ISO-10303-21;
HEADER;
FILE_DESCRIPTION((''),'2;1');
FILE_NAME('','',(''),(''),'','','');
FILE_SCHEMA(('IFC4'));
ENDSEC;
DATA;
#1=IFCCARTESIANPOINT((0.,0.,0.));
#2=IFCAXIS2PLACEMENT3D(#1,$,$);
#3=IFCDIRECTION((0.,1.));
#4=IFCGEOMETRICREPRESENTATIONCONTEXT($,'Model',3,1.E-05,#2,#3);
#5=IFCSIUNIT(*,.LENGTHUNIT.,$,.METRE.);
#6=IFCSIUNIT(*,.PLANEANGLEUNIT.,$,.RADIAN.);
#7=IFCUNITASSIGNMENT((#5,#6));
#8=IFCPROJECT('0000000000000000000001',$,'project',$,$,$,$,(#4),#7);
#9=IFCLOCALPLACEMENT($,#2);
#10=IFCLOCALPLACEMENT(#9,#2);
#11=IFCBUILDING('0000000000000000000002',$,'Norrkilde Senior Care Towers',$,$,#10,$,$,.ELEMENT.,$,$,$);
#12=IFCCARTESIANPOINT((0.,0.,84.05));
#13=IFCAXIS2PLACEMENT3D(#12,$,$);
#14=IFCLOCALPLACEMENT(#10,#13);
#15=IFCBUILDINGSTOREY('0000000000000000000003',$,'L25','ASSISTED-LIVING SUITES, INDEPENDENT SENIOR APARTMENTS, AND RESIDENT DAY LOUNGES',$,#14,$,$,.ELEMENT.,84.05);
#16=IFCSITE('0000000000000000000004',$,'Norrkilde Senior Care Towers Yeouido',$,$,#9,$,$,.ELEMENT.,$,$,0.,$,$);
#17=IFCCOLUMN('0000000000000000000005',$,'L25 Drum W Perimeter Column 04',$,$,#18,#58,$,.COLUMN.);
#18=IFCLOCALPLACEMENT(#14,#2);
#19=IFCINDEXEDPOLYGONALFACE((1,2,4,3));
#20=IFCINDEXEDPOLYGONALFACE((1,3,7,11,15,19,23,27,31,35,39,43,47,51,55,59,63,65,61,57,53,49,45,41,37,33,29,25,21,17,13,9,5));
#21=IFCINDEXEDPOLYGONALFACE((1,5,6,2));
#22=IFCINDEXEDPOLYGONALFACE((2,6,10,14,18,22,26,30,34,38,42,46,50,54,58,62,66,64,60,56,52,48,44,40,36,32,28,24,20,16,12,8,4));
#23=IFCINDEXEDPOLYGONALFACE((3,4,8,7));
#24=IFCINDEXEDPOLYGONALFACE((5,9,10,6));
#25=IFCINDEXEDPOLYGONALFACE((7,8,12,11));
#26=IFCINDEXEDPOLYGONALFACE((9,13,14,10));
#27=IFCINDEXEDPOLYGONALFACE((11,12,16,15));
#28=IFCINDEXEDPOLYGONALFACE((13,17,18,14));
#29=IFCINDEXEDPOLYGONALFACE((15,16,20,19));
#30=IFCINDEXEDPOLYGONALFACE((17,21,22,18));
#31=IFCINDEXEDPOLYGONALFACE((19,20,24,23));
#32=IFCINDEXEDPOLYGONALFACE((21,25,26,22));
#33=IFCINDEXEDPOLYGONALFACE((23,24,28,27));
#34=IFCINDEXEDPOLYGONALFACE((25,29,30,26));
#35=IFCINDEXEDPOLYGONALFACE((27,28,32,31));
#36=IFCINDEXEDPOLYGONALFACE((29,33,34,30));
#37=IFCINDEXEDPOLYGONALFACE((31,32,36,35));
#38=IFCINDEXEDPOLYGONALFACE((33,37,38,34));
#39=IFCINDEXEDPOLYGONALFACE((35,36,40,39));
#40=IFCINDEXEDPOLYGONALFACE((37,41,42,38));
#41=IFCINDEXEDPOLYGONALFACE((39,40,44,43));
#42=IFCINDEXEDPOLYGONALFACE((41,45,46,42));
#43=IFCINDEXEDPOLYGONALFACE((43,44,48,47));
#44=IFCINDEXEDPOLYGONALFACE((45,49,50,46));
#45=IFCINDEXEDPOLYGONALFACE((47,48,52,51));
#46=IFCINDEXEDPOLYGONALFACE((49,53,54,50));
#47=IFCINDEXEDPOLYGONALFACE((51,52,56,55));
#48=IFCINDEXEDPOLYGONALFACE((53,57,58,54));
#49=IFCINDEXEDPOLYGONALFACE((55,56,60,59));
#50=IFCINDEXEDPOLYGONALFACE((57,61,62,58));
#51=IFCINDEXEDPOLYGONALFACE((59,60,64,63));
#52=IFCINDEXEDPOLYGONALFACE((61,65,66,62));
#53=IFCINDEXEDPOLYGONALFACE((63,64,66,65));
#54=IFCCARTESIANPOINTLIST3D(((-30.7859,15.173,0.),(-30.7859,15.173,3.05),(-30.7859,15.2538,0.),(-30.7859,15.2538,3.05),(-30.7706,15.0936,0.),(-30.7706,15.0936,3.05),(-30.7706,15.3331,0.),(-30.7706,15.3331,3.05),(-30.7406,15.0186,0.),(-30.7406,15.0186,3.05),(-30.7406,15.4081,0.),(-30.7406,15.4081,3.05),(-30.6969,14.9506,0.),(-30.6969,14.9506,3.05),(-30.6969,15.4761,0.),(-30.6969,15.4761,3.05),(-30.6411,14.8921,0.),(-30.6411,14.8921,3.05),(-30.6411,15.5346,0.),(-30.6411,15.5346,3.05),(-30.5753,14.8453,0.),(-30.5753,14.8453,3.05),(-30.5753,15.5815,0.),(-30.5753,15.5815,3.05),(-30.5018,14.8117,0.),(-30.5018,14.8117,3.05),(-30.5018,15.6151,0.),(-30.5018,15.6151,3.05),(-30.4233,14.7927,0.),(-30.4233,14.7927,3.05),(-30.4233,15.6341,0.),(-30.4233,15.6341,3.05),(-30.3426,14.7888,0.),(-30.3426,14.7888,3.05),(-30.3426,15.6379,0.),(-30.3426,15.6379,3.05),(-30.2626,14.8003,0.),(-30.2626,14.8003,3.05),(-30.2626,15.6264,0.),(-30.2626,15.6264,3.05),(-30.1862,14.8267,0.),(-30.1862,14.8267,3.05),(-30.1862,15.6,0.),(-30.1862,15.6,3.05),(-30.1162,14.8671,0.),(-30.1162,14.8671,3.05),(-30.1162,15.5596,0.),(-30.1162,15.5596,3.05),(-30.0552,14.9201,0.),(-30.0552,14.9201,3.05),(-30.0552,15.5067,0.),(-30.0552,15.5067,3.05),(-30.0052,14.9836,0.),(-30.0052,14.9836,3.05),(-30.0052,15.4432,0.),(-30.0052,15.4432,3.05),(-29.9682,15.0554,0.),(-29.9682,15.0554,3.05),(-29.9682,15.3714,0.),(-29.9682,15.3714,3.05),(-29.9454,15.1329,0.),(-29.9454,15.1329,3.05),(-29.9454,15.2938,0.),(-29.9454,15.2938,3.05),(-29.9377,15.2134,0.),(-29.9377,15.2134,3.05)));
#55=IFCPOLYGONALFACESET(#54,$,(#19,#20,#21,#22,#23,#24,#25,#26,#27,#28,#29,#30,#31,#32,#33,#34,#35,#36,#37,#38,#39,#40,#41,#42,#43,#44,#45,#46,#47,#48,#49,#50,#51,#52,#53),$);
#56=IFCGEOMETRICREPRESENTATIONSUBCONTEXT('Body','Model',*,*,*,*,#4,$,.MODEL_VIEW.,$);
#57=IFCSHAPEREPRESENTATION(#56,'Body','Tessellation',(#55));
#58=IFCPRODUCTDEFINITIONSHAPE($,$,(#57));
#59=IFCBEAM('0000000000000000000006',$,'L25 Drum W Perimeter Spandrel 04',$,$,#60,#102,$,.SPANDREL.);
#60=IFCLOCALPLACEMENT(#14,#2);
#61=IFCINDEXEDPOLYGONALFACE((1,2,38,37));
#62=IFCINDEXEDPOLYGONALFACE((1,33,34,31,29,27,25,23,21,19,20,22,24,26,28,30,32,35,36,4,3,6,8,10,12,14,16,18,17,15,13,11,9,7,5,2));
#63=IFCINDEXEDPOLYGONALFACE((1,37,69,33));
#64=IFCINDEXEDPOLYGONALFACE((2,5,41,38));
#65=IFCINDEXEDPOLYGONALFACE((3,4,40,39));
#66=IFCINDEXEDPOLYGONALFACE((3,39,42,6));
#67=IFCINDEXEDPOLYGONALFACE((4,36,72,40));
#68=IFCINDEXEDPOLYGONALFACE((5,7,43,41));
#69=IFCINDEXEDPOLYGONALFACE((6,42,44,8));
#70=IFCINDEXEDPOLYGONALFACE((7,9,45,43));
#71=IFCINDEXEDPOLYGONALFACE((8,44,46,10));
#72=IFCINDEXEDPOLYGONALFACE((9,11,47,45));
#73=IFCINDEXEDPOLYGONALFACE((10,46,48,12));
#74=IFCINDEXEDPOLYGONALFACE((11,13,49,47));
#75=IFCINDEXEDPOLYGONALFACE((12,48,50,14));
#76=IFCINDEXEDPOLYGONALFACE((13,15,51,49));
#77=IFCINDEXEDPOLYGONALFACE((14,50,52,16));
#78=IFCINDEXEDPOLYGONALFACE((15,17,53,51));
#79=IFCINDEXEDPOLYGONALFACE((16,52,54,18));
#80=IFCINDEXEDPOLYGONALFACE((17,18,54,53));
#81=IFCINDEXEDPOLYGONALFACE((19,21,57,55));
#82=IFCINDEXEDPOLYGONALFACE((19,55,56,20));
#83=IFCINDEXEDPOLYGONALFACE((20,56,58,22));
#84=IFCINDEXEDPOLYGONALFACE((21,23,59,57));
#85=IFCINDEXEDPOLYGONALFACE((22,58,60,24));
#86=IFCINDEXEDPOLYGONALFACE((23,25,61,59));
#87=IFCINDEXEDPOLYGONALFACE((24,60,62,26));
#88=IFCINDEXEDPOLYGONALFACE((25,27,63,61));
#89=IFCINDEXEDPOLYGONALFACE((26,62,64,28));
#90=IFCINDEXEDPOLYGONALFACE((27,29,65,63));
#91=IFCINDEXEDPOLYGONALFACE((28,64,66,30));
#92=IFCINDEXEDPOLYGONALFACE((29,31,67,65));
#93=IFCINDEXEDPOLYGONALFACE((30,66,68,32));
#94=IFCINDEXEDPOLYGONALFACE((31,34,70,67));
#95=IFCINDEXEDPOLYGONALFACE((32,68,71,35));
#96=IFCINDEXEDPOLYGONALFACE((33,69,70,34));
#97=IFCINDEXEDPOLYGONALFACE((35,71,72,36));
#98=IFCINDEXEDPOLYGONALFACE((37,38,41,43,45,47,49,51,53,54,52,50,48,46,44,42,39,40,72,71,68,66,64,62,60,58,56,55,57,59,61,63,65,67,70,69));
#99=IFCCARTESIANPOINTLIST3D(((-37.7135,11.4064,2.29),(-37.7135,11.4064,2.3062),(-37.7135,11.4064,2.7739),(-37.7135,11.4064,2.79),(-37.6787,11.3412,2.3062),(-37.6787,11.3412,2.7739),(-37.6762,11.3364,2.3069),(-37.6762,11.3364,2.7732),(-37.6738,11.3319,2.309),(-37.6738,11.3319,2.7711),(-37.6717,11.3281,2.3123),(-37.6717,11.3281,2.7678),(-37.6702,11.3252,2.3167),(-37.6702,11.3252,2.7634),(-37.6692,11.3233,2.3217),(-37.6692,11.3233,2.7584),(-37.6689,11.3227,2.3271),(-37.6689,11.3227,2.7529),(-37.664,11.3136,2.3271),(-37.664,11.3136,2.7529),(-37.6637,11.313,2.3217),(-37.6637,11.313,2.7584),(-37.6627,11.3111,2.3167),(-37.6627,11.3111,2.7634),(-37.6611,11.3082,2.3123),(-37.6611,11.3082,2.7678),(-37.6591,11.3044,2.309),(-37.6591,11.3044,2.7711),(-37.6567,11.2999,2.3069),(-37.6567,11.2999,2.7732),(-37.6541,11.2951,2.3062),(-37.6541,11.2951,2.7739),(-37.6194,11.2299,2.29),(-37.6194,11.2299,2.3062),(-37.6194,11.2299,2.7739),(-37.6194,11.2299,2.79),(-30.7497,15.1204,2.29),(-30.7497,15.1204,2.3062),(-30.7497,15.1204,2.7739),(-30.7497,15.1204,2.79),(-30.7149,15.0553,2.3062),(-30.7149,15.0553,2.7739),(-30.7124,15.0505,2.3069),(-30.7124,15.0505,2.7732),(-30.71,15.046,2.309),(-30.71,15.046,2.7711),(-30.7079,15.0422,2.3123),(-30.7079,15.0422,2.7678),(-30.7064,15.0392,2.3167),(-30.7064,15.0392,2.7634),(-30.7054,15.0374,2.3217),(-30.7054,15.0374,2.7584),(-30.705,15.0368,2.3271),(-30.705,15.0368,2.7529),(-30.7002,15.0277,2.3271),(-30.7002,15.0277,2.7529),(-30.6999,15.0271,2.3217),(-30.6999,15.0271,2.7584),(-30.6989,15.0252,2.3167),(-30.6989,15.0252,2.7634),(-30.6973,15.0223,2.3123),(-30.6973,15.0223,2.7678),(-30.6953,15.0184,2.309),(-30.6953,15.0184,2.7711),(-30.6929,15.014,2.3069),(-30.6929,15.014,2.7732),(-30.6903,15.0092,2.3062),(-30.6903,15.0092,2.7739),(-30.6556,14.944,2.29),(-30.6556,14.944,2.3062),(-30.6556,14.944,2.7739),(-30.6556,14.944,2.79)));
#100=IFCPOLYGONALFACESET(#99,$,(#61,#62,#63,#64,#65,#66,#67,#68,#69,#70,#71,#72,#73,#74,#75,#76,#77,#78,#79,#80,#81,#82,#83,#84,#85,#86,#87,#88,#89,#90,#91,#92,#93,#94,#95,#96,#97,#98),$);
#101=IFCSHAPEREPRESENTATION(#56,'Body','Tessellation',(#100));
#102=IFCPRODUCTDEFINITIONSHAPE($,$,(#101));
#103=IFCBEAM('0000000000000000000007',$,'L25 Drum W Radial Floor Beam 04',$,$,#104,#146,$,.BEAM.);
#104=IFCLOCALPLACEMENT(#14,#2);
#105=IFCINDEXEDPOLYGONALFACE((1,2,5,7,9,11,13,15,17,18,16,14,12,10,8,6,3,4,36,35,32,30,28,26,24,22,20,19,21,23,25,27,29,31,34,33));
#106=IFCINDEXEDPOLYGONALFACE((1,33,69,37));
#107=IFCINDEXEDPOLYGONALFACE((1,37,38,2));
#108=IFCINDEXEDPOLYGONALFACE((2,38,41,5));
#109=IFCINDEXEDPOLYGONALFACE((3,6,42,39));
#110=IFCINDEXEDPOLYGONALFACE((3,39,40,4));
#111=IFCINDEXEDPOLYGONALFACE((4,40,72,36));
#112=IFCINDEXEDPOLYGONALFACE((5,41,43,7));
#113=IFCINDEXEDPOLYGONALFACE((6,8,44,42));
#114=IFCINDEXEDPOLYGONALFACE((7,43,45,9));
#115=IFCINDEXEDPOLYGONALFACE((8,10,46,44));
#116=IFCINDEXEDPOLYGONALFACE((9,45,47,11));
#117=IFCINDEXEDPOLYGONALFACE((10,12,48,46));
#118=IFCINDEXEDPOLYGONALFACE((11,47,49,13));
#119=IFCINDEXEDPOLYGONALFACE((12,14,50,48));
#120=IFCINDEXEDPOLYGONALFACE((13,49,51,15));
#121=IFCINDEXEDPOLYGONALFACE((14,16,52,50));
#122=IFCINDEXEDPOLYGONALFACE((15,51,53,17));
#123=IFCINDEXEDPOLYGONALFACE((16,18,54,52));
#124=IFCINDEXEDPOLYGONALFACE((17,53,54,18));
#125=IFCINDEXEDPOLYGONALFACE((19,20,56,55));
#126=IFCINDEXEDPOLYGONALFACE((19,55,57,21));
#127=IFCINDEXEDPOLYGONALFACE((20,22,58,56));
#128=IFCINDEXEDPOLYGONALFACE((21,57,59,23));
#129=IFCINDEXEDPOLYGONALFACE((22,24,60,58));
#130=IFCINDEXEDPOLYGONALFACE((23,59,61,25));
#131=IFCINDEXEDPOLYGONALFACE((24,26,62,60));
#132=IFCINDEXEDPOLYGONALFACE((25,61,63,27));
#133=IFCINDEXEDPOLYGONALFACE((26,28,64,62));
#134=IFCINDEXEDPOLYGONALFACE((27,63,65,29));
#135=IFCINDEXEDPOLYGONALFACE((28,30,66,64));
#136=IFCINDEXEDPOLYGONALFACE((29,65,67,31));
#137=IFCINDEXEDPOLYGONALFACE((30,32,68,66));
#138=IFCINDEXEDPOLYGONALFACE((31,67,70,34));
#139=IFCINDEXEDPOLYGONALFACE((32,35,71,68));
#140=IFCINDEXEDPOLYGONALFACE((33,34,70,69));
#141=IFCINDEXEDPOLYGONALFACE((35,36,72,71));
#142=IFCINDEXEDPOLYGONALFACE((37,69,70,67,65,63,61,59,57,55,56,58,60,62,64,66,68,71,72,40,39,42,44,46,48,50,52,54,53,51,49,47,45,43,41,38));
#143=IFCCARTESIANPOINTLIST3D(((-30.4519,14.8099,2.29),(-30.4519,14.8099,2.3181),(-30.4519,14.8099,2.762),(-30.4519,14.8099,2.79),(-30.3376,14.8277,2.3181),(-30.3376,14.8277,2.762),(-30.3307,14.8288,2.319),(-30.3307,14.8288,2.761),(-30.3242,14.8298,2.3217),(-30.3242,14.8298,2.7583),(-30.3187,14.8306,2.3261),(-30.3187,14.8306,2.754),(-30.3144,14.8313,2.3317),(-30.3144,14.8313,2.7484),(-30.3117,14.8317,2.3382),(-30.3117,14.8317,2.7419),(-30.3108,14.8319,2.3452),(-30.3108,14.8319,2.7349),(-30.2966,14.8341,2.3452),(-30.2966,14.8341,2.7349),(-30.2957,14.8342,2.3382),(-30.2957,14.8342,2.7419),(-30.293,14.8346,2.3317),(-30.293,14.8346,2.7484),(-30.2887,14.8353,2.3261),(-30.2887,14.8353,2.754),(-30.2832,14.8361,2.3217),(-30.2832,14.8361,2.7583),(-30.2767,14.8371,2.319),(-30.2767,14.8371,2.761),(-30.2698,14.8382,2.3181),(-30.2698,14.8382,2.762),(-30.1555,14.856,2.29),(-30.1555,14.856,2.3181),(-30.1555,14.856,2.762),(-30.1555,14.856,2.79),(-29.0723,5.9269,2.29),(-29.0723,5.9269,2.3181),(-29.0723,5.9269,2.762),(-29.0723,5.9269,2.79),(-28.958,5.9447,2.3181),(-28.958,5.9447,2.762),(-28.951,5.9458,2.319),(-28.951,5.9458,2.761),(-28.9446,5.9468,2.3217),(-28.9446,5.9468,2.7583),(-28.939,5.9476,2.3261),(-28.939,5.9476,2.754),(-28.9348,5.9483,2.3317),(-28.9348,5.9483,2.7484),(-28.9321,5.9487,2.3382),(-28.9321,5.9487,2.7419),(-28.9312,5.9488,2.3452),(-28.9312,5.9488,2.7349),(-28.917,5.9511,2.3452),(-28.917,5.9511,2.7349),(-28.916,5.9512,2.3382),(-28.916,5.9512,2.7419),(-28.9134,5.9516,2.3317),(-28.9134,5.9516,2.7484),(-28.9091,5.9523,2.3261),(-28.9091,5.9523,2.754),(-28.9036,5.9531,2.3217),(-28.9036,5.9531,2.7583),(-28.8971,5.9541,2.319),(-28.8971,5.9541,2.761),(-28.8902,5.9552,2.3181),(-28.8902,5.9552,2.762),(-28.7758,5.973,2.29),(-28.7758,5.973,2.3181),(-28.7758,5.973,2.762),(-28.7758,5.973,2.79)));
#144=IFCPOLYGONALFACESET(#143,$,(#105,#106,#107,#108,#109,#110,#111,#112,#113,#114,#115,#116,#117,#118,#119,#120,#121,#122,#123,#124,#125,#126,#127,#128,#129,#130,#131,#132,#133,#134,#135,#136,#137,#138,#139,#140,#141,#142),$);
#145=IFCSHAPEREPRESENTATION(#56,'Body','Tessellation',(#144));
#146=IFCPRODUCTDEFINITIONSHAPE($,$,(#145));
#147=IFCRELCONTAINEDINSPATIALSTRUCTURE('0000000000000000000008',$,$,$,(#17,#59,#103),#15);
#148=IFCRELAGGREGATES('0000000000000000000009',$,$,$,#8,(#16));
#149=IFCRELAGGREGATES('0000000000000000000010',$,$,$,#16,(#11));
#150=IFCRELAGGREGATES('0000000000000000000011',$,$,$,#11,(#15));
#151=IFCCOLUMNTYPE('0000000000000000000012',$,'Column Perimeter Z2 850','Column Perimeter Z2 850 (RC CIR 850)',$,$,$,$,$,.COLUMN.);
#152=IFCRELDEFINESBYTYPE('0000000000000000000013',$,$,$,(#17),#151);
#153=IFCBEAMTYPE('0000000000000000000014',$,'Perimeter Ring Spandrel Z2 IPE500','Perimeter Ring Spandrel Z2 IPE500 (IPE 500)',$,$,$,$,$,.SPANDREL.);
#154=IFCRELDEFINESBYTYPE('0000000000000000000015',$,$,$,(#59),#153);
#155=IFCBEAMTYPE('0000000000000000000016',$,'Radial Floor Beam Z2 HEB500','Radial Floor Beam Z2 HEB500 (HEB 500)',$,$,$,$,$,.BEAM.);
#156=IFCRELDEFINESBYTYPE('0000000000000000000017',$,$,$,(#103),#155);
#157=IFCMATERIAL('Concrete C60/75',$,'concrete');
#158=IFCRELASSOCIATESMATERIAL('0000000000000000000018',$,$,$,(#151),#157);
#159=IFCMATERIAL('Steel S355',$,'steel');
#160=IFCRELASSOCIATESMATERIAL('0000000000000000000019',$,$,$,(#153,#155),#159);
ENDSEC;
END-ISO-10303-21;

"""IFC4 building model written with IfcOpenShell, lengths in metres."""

from ifc_helpers import new_model, si_unit, direction, frame, origin, origin_2d, place, context, subcontext, project, spatial, circle, i_section, extrude, source, transform, mapped, material, material_profile, profile_set, type_object, type_shapes, element, save


model = new_model("IFC4")

# Units and contexts
model_context = context("Model", 3, precision=1e-05, world=origin(), true_north=direction((0.0, 1.0)))
body_context = subcontext(model_context, "Body", "Model", "MODEL_VIEW")
ifc_project = project(units=[si_unit("LENGTHUNIT", "METRE"), si_unit("PLANEANGLEUNIT", "RADIAN")], contexts=[model_context])

# Site, building, storey
site_placement = place(None, origin())
site = spatial("IfcSite", under=ifc_project, at=site_placement, Name="Norrkilde Senior Care Towers Yeouido", CompositionType="ELEMENT", RefElevation=0.0)
building_placement = place(site_placement, origin())
building = spatial("IfcBuilding", under=site, at=building_placement, Name="Norrkilde Senior Care Towers", CompositionType="ELEMENT")
storey_placement = place(building_placement, frame((0.0, 0.0, 84.05)))
storey = spatial("IfcBuildingStorey", under=building, at=storey_placement, Name="L25", Description="ASSISTED-LIVING SUITES, INDEPENDENT SENIOR APARTMENTS, AND RESIDENT DAY LOUNGES", CompositionType="ELEMENT", Elevation=84.05)

# Column
ifc_material_1 = material(Name="Concrete C60/75", Category="concrete")
ifc_material_profile_1 = material_profile(ifc_material_1, circle(Radius=0.425, at=origin_2d()), Name="RC CIR 850")
ifc_profile_set_1 = profile_set([ifc_material_profile_1], Name="Concrete C60/75")
column_type = type_object("IfcColumnType", Name="Column Perimeter Z2 850", Description="Column Perimeter Z2 850 (RC CIR 850)", PredefinedType="COLUMN", material=ifc_profile_set_1)
shared_shape_1 = source(origin(), body_context, "Body", "SweptSolid", [
    extrude(circle(Radius=0.425, at=origin_2d()), origin(), (0.0, 0.0, 1.0), 3.05),
])
type_shapes(column_type, [shared_shape_1])
column_placement = place(storey_placement, frame((-30.3628, 15.2134, 0.0), z_axis=(0.0, 0.0, 1.0), x_axis=(1.0, 0.0, 0.0)))
element("IfcColumn", 1, at=column_placement, inside=storey, type_object=column_type, Name="L25 Drum W Perimeter Column 04", PredefinedType="COLUMN", context=body_context, shape_type="MappedRepresentation", body=[
    mapped(shared_shape_1, transform((0.0, 0.0, 0.0), x_axis=(1.0, 0.0, 0.0), y_axis=(0.0, 1.0, 0.0), z_axis=(0.0, 0.0, 1.0), scale=1.0)),
])

# Beams
ifc_material_2 = material(Name="Steel S355", Category="steel")
ifc_material_profile_2 = material_profile(ifc_material_2, i_section(OverallWidth=0.2, OverallDepth=0.5, WebThickness=0.0103, FlangeThickness=0.0161, FilletRadius=0.021, at=origin_2d()), Name="IPE 500")
ifc_profile_set_2 = profile_set([ifc_material_profile_2], Name="Steel S355")
beam_type_1 = type_object("IfcBeamType", Name="Perimeter Ring Spandrel Z2 IPE500", Description="Perimeter Ring Spandrel Z2 IPE500 (IPE 500)", PredefinedType="SPANDREL", material=ifc_profile_set_2)
shared_shape_2 = source(origin(), body_context, "Body", "SweptSolid", [
    extrude(i_section(OverallWidth=0.2, OverallDepth=0.5, WebThickness=0.0103, FlangeThickness=0.0161, FilletRadius=0.021, at=origin_2d()), origin(), (0.0, 0.0, 1.0), 7.8923),
])
type_shapes(beam_type_1, [shared_shape_2])
beam_1_placement = place(storey_placement, frame((-30.7026, 15.0322, 2.54), z_axis=(-0.88235, -0.470593, 0.0), x_axis=(0.470593, -0.88235, 0.0)))
element("IfcBeam", 2, at=beam_1_placement, inside=storey, type_object=beam_type_1, Name="L25 Drum W Perimeter Spandrel 04", PredefinedType="SPANDREL", context=body_context, shape_type="MappedRepresentation", body=[
    mapped(shared_shape_2, transform((0.0, 0.0, 0.0), x_axis=(1.0, 0.0, 0.0), y_axis=(0.0, 1.0, 0.0), z_axis=(0.0, 0.0, 1.0), scale=1.0)),
])
ifc_material_profile_3 = material_profile(ifc_material_2, i_section(OverallWidth=0.3, OverallDepth=0.5, WebThickness=0.0144, FlangeThickness=0.0281, FilletRadius=0.0271, at=origin_2d()), Name="HEB 500")
ifc_profile_set_3 = profile_set([ifc_material_profile_3], Name="Steel S355")
beam_type_2 = type_object("IfcBeamType", Name="Radial Floor Beam Z2 HEB500", Description="Radial Floor Beam Z2 HEB500 (HEB 500)", PredefinedType="BEAM", material=ifc_profile_set_3)
shared_shape_3 = source(origin(), body_context, "Body", "SweptSolid", [
    extrude(i_section(OverallWidth=0.3, OverallDepth=0.5, WebThickness=0.0144, FlangeThickness=0.0281, FilletRadius=0.0271, at=origin_2d()), origin(), (0.0, 0.0, 1.0), 8.9895),
])
beam_2_placement = place(storey_placement, frame((-28.9241, 5.95, 2.54), z_axis=(-0.153471, 0.988153, 0.0), x_axis=(-0.988153, -0.153471, 0.0)))
element("IfcBeam", 3, at=beam_2_placement, inside=storey, type_object=beam_type_2, Name="L25 Drum W Radial Floor Beam 04", PredefinedType="BEAM", context=body_context, shape_type="MappedRepresentation", body=[
    mapped(shared_shape_3, transform((0.0, 0.0, 0.0), x_axis=(1.0, 0.0, 0.0), y_axis=(0.0, 1.0, 0.0), z_axis=(0.0, 0.0, 1.0), scale=1.0)),
])

save(model, "model.ifc")
